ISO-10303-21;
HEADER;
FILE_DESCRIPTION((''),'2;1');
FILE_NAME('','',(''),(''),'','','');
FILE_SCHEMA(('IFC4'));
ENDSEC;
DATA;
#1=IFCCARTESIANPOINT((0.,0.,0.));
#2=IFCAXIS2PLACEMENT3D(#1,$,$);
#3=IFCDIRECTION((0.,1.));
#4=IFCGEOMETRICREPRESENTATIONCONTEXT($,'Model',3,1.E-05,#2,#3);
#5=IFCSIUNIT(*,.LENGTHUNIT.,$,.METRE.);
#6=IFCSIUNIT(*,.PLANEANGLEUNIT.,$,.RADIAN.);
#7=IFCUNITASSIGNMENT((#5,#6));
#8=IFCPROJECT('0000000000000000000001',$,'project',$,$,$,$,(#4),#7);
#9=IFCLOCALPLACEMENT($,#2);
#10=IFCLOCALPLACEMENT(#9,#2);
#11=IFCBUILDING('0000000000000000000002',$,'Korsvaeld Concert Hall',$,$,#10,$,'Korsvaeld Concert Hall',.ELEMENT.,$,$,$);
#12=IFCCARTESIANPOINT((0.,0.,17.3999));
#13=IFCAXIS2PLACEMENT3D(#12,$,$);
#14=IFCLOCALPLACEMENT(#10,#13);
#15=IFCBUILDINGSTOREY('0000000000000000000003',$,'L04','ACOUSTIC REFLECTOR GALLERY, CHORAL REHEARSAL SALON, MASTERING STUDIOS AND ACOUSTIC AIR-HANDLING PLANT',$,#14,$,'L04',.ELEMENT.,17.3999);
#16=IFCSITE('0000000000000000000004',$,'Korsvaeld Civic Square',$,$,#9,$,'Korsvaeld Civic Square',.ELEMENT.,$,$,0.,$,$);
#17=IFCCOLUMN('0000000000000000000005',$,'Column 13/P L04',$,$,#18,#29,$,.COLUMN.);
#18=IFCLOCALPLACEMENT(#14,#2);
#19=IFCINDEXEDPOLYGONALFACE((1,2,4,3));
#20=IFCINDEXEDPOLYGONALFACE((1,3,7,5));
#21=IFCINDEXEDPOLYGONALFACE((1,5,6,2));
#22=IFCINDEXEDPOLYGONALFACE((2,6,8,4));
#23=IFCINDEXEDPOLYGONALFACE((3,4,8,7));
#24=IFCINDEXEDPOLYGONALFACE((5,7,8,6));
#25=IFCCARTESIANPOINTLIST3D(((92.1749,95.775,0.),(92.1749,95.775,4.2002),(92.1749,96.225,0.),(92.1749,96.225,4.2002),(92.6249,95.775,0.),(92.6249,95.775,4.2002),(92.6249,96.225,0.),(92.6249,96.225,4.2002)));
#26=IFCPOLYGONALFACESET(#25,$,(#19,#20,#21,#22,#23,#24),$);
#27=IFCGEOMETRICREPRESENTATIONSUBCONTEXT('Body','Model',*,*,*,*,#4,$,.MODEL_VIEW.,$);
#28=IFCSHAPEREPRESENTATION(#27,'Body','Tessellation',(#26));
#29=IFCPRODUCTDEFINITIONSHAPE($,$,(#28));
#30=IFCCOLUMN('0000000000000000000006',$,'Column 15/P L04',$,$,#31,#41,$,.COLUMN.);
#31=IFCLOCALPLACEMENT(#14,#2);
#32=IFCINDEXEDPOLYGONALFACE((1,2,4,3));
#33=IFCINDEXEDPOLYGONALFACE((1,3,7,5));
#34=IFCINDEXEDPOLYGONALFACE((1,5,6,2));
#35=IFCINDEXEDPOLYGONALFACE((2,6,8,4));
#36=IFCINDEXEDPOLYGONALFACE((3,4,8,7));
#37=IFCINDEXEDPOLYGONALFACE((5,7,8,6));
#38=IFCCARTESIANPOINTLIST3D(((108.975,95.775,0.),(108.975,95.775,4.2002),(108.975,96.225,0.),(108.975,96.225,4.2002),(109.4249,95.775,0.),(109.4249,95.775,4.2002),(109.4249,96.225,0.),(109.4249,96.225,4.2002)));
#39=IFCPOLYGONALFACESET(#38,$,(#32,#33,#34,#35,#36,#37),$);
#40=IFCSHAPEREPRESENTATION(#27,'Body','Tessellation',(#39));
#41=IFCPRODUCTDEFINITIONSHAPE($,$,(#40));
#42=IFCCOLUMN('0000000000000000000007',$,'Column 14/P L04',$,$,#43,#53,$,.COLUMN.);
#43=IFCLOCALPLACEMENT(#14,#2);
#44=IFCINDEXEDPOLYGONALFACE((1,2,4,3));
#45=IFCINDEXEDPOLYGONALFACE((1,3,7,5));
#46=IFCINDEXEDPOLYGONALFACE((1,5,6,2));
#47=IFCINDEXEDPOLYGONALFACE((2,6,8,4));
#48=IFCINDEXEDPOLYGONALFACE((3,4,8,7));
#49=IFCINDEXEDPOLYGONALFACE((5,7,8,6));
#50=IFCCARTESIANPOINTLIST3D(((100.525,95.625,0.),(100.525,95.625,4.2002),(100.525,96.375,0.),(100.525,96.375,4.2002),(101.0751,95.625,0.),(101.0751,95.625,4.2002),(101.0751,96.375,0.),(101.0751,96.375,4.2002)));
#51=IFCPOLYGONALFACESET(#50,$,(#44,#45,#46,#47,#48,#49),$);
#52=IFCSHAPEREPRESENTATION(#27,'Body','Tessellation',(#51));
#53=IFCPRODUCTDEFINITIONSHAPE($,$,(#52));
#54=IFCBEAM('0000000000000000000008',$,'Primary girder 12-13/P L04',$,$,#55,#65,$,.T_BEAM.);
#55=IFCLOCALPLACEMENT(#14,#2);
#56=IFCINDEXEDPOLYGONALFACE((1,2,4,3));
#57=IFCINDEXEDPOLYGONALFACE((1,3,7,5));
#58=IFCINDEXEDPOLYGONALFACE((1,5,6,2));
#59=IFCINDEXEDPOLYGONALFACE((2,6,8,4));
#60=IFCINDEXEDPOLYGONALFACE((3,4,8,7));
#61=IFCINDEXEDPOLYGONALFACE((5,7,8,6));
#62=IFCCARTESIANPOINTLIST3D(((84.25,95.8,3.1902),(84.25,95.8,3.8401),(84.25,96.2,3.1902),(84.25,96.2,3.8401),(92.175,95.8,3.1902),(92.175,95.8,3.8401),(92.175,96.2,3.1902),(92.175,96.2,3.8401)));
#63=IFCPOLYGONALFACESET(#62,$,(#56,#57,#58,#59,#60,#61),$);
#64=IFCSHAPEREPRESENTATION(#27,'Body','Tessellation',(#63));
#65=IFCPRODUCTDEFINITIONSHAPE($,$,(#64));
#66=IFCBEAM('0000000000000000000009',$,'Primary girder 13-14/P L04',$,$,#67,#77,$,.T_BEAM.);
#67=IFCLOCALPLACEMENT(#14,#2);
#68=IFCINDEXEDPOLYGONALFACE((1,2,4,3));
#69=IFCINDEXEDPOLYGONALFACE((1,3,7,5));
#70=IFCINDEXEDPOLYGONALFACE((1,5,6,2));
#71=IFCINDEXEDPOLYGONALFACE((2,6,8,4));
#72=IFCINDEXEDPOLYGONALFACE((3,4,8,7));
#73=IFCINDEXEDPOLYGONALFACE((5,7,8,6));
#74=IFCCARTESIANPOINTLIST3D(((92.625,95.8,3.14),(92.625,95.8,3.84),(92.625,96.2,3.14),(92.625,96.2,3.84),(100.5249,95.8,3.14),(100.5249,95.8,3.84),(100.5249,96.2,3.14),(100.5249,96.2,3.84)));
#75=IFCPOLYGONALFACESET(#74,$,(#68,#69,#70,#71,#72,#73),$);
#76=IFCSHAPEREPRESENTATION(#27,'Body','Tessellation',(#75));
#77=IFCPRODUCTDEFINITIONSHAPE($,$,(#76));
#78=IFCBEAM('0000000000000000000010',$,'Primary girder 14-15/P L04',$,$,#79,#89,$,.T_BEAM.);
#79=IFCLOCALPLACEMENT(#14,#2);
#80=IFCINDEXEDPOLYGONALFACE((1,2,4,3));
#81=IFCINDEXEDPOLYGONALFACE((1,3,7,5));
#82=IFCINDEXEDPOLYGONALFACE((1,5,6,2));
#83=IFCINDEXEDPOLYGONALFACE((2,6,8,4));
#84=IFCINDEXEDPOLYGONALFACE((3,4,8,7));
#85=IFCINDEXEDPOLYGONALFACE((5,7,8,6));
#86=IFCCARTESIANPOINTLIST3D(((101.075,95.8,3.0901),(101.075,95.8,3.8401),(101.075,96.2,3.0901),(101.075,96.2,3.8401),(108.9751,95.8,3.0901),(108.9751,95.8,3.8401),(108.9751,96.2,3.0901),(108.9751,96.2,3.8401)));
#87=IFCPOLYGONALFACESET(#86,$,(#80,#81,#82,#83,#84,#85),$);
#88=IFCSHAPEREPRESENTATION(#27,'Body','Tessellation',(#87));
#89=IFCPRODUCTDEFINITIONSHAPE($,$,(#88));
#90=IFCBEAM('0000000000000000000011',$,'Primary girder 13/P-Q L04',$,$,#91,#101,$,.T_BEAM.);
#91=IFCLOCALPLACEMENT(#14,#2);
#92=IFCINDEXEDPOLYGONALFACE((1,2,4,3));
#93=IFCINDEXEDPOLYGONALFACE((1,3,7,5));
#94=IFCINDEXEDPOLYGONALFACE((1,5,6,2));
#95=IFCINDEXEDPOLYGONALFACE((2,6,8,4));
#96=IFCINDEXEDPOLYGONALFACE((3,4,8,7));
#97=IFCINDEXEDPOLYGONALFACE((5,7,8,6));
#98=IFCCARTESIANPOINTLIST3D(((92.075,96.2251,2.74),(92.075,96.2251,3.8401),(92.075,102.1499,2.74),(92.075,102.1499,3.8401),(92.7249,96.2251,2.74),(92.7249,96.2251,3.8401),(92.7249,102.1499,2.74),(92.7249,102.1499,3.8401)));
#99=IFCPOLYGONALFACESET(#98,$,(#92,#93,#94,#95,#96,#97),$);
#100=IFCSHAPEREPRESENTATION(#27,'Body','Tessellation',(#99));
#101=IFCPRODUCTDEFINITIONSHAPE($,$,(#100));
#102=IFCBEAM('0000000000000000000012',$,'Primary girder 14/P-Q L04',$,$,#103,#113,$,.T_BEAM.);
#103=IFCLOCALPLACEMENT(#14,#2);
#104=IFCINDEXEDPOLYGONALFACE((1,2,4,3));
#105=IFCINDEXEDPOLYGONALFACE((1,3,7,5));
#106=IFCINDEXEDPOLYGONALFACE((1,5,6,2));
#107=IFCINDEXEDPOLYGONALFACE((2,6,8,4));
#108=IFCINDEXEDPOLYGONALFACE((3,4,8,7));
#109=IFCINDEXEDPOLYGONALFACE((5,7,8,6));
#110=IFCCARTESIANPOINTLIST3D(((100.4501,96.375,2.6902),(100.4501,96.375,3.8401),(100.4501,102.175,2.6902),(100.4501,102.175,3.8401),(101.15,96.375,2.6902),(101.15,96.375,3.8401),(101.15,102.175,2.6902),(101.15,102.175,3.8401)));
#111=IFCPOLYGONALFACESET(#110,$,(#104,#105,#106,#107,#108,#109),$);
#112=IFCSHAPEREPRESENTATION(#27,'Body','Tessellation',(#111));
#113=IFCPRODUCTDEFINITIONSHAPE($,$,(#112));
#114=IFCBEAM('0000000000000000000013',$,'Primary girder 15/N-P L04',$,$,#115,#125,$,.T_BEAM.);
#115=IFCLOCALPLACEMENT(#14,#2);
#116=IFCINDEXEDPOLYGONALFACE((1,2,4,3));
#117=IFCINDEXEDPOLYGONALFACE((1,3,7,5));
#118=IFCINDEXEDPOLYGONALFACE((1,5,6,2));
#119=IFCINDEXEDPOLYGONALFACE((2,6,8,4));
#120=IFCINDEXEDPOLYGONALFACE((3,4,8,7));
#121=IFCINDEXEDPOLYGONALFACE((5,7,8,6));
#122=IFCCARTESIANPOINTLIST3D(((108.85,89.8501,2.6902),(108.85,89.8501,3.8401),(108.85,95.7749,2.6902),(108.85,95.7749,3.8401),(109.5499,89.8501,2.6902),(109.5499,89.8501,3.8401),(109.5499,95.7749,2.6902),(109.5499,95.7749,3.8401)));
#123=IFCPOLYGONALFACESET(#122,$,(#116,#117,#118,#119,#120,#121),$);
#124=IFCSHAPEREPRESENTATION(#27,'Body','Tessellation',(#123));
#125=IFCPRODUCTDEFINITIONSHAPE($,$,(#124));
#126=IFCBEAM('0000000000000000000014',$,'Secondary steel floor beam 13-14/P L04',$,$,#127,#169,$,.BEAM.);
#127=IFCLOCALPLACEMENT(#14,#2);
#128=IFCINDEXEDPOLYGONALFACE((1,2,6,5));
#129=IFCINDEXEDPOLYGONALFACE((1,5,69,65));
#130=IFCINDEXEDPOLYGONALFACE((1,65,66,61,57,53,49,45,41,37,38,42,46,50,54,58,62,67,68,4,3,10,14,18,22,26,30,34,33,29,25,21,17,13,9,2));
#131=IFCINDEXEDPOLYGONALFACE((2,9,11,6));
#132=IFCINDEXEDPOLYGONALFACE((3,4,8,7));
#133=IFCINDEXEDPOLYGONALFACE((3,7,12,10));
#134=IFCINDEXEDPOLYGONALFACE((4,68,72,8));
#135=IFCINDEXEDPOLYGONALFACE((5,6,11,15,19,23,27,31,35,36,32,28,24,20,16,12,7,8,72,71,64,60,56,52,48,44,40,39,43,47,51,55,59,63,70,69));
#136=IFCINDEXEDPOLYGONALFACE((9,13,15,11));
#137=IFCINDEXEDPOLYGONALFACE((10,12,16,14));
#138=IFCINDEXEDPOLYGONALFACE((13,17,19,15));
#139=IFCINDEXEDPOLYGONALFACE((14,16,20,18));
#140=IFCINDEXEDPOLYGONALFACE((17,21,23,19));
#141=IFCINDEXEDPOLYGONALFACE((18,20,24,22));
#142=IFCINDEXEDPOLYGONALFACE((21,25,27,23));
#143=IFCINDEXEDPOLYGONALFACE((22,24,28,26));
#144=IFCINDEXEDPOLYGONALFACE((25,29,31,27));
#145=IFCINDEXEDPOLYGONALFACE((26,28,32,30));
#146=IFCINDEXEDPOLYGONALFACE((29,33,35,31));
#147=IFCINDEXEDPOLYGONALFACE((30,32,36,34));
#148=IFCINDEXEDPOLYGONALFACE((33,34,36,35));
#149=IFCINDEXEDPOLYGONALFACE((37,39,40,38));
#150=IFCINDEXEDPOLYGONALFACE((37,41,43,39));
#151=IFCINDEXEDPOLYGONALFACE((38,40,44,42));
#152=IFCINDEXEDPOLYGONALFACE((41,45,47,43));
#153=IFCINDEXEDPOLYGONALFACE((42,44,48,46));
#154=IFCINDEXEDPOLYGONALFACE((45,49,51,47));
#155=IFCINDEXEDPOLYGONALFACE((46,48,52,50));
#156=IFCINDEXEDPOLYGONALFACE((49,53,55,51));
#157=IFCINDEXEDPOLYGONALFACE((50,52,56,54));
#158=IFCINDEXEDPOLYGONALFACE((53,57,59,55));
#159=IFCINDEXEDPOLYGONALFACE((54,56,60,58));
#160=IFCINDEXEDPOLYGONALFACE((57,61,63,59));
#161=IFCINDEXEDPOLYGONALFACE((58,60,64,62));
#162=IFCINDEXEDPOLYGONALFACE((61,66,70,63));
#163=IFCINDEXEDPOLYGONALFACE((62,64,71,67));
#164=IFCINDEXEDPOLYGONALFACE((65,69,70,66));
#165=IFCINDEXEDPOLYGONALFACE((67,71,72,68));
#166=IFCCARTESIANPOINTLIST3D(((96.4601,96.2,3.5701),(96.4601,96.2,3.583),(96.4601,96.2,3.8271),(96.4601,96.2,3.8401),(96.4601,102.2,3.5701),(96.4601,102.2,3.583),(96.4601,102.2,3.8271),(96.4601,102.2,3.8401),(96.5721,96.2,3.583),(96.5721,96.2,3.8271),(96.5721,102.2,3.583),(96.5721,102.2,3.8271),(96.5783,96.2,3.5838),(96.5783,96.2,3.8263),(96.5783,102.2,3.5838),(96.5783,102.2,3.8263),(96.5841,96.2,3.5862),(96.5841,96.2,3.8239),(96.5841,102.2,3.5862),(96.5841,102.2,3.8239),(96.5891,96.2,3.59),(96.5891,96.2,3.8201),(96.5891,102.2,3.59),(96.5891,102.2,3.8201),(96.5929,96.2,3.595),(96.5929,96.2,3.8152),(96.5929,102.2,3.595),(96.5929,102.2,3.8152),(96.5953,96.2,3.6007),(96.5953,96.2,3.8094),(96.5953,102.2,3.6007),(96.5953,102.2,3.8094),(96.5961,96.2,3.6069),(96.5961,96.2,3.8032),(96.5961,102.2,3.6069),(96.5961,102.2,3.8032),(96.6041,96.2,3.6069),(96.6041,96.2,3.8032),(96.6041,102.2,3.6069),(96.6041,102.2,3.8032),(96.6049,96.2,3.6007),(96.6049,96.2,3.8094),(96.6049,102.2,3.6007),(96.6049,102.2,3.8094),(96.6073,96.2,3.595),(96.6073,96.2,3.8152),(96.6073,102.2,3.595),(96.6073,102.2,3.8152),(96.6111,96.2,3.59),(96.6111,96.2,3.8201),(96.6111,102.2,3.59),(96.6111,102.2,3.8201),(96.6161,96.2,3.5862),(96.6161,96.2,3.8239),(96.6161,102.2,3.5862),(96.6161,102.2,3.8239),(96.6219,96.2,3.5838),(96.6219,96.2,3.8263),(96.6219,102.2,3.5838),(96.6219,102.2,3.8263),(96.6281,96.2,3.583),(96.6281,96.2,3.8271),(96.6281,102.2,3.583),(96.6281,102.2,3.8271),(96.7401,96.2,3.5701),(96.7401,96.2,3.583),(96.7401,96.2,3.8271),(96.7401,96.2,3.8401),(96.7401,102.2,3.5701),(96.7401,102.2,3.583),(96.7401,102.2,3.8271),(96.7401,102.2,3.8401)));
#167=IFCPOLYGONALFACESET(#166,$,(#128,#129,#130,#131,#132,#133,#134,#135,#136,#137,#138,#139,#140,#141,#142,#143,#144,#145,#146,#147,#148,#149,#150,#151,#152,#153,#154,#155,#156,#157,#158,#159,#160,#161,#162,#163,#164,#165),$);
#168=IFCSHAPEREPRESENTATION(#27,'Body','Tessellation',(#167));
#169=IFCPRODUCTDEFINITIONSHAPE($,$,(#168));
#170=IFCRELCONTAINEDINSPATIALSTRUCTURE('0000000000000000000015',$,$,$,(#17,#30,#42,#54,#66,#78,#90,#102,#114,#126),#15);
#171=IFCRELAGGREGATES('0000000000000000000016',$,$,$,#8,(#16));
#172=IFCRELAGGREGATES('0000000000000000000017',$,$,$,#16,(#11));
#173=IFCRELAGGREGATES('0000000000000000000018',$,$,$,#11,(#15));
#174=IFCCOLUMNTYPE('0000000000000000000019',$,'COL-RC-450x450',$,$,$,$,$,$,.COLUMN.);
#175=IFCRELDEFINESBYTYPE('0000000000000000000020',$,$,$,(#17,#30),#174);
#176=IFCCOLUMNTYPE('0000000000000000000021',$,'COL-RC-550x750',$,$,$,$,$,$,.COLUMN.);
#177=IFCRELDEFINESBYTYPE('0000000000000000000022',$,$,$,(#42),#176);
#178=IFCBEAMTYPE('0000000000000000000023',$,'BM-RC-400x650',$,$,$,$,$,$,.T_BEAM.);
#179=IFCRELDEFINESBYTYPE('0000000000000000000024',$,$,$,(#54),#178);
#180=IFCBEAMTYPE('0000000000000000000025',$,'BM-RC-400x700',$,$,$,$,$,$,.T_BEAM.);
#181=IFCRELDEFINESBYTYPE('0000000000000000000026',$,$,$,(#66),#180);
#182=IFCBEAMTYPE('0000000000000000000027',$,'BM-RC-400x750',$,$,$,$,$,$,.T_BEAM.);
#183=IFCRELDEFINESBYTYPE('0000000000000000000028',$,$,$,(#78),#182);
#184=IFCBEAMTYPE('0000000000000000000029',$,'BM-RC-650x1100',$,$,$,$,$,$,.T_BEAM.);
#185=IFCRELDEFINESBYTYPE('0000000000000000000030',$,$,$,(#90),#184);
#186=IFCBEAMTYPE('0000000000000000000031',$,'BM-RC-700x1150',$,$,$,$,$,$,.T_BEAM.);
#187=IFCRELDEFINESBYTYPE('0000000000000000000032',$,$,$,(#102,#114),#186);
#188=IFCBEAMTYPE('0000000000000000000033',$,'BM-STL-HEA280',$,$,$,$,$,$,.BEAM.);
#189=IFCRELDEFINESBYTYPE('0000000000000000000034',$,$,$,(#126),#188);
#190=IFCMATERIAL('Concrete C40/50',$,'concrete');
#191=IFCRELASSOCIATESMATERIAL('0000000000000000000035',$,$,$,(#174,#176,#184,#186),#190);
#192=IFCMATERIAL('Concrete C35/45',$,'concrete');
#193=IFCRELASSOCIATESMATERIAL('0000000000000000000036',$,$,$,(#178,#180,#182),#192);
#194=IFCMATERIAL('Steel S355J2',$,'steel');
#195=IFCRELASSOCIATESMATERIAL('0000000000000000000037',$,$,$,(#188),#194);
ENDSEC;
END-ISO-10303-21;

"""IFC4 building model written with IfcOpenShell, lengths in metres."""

from ifc_helpers import new_model, si_unit, direction, frame, origin, origin_2d, place, context, subcontext, project, spatial, rectangle, i_section, extrude, material, material_profile, profile_set, type_object, element, save


model = new_model("IFC4")

# Units and contexts
model_context = context("Model", 3, precision=1e-05, world=origin(), true_north=direction((0.0, 1.0)))
body_context = subcontext(model_context, "Body", "Model", "MODEL_VIEW")
ifc_project = project(units=[si_unit("LENGTHUNIT", "METRE"), si_unit("PLANEANGLEUNIT", "RADIAN")], contexts=[model_context])

# Site, building, storey
site_placement = place(None, origin())
site = spatial("IfcSite", under=ifc_project, at=site_placement, Name="Korsvaeld Civic Square", LongName="Korsvaeld Civic Square", CompositionType="ELEMENT", RefElevation=0.0)
building_placement = place(site_placement, origin())
building = spatial("IfcBuilding", under=site, at=building_placement, Name="Korsvaeld Concert Hall", LongName="Korsvaeld Concert Hall", CompositionType="ELEMENT")
storey_placement = place(building_placement, frame((0.0, 0.0, 17.3999)))
storey = spatial("IfcBuildingStorey", under=building, at=storey_placement, Name="L04", Description="ACOUSTIC REFLECTOR GALLERY, CHORAL REHEARSAL SALON, MASTERING STUDIOS AND ACOUSTIC AIR-HANDLING PLANT", LongName="L04", CompositionType="ELEMENT", Elevation=17.3999)

# Columns
ifc_material_1 = material(Name="Concrete C40/50", Category="concrete")
ifc_material_profile_1 = material_profile(ifc_material_1, rectangle(XDim=0.45, YDim=0.45, at=origin_2d()), Name="RC 450x450")
ifc_profile_set_1 = profile_set([ifc_material_profile_1], Name="Concrete C40/50")
column_type_1 = type_object("IfcColumnType", Name="COL-RC-450x450", PredefinedType="COLUMN", material=ifc_profile_set_1)
for number, where, z_axis, x_axis, name in (
    (1, (92.3999, 96.0, 0.0), (0.0, 0.0, 1.0), (1.0, 0.0, 0.0), "Column 13/P L04"),
    (2, (109.2, 96.0, 0.0), (0.0, 0.0, 1.0), (1.0, 0.0, 0.0), "Column 15/P L04"),
):
    element("IfcColumn", number, at=place(storey_placement, frame(where, z_axis=z_axis, x_axis=x_axis)), inside=storey, type_object=column_type_1, Name=name, PredefinedType="COLUMN", context=body_context, shape_type="SweptSolid", body=[
        extrude(rectangle(XDim=0.45, YDim=0.45, at=origin_2d()), origin(), (0.0, 0.0, 1.0), 4.2002),
    ])
ifc_material_profile_2 = material_profile(ifc_material_1, rectangle(XDim=0.55, YDim=0.75, at=origin_2d()), Name="RC 550x750")
ifc_profile_set_2 = profile_set([ifc_material_profile_2], Name="Concrete C40/50")
column_type_2 = type_object("IfcColumnType", Name="COL-RC-550x750", PredefinedType="COLUMN", material=ifc_profile_set_2)
column_placement = place(storey_placement, frame((100.8, 96.0, 0.0), z_axis=(0.0, 0.0, 1.0), x_axis=(1.0, 0.0, 0.0)))
element("IfcColumn", 3, at=column_placement, inside=storey, type_object=column_type_2, Name="Column 14/P L04", PredefinedType="COLUMN", context=body_context, shape_type="SweptSolid", body=[
    extrude(rectangle(XDim=0.55, YDim=0.75, at=origin_2d()), origin(), (0.0, 0.0, 1.0), 4.2002),
])

# Beams
ifc_material_2 = material(Name="Concrete C35/45", Category="concrete")
ifc_material_profile_3 = material_profile(ifc_material_2, rectangle(XDim=0.3999, YDim=0.6499, at=origin_2d()), Name="RC 400x650")
ifc_profile_set_3 = profile_set([ifc_material_profile_3], Name="Concrete C35/45")
beam_type_1 = type_object("IfcBeamType", Name="BM-RC-400x650", PredefinedType="T_BEAM", material=ifc_profile_set_3)
beam_1_placement = place(storey_placement, frame((84.25, 96.0, 3.5151), z_axis=(1.0, 0.0, 0.0), x_axis=(0.0, 1.0, 0.0)))
element("IfcBeam", 4, at=beam_1_placement, inside=storey, type_object=beam_type_1, Name="Primary girder 12-13/P L04", PredefinedType="T_BEAM", context=body_context, shape_type="SweptSolid", body=[
    extrude(rectangle(XDim=0.3999, YDim=0.6499, at=origin_2d()), origin(), (0.0, 0.0, 1.0), 7.925),
])
ifc_material_profile_4 = material_profile(ifc_material_2, rectangle(XDim=0.3999, YDim=0.7, at=origin_2d()), Name="RC 400x700")
ifc_profile_set_4 = profile_set([ifc_material_profile_4], Name="Concrete C35/45")
beam_type_2 = type_object("IfcBeamType", Name="BM-RC-400x700", PredefinedType="T_BEAM", material=ifc_profile_set_4)
beam_2_placement = place(storey_placement, frame((92.625, 96.0, 3.49), z_axis=(1.0, 0.0, 0.0), x_axis=(0.0, 1.0, 0.0)))
element("IfcBeam", 5, at=beam_2_placement, inside=storey, type_object=beam_type_2, Name="Primary girder 13-14/P L04", PredefinedType="T_BEAM", context=body_context, shape_type="SweptSolid", body=[
    extrude(rectangle(XDim=0.3999, YDim=0.7, at=origin_2d()), origin(), (0.0, 0.0, 1.0), 7.8999),
])
ifc_material_profile_5 = material_profile(ifc_material_2, rectangle(XDim=0.3999, YDim=0.75, at=origin_2d()), Name="RC 400x750")
ifc_profile_set_5 = profile_set([ifc_material_profile_5], Name="Concrete C35/45")
beam_type_3 = type_object("IfcBeamType", Name="BM-RC-400x750", PredefinedType="T_BEAM", material=ifc_profile_set_5)
beam_3_placement = place(storey_placement, frame((101.075, 96.0, 3.4651), z_axis=(1.0, 0.0, 0.0), x_axis=(0.0, 1.0, 0.0)))
element("IfcBeam", 6, at=beam_3_placement, inside=storey, type_object=beam_type_3, Name="Primary girder 14-15/P L04", PredefinedType="T_BEAM", context=body_context, shape_type="SweptSolid", body=[
    extrude(rectangle(XDim=0.3999, YDim=0.75, at=origin_2d()), origin(), (0.0, 0.0, 1.0), 7.9001),
])
ifc_material_profile_6 = material_profile(ifc_material_1, rectangle(XDim=0.6499, YDim=1.1001, at=origin_2d()), Name="RC 650x1100")
ifc_profile_set_6 = profile_set([ifc_material_profile_6], Name="Concrete C40/50")
beam_type_4 = type_object("IfcBeamType", Name="BM-RC-650x1100", PredefinedType="T_BEAM", material=ifc_profile_set_6)
beam_4_placement = place(storey_placement, frame((92.3999, 96.2251, 3.29), z_axis=(0.0, 1.0, 0.0), x_axis=(-1.0, 0.0, 0.0)))
element("IfcBeam", 7, at=beam_4_placement, inside=storey, type_object=beam_type_4, Name="Primary girder 13/P-Q L04", PredefinedType="T_BEAM", context=body_context, shape_type="SweptSolid", body=[
    extrude(rectangle(XDim=0.6499, YDim=1.1001, at=origin_2d()), origin(), (0.0, 0.0, 1.0), 5.9248),
])
ifc_material_profile_7 = material_profile(ifc_material_1, rectangle(XDim=0.7, YDim=1.1499, at=origin_2d()), Name="RC 700x1150")
ifc_profile_set_7 = profile_set([ifc_material_profile_7], Name="Concrete C40/50")
beam_type_5 = type_object("IfcBeamType", Name="BM-RC-700x1150", PredefinedType="T_BEAM", material=ifc_profile_set_7)
beam_5_placement = place(storey_placement, frame((100.8, 96.375, 3.2651), z_axis=(0.0, 1.0, 0.0), x_axis=(-1.0, 0.0, 0.0)))
element("IfcBeam", 8, at=beam_5_placement, inside=storey, type_object=beam_type_5, Name="Primary girder 14/P-Q L04", PredefinedType="T_BEAM", context=body_context, shape_type="SweptSolid", body=[
    extrude(rectangle(XDim=0.7, YDim=1.1499, at=origin_2d()), origin(), (0.0, 0.0, 1.0), 5.8),
])
beam_6_placement = place(storey_placement, frame((109.2, 89.8501, 3.2651), z_axis=(0.0, 1.0, 0.0), x_axis=(-1.0, 0.0, 0.0)))
element("IfcBeam", 9, at=beam_6_placement, inside=storey, type_object=beam_type_5, Name="Primary girder 15/N-P L04", PredefinedType="T_BEAM", context=body_context, shape_type="SweptSolid", body=[
    extrude(rectangle(XDim=0.7, YDim=1.1499, at=origin_2d()), origin(), (0.0, 0.0, 1.0), 5.9248),
])
ifc_material_3 = material(Name="Steel S355J2", Category="steel")
ifc_material_profile_8 = material_profile(ifc_material_3, i_section(OverallWidth=0.28, OverallDepth=0.27, WebThickness=0.0081, FlangeThickness=0.0129, FilletRadius=0.0239, at=origin_2d()), Name="HEA 280")
ifc_profile_set_8 = profile_set([ifc_material_profile_8], Name="Steel S355J2")
beam_type_6 = type_object("IfcBeamType", Name="BM-STL-HEA280", PredefinedType="BEAM", material=ifc_profile_set_8)
beam_7_placement = place(storey_placement, frame((96.6001, 96.2, 3.7051), z_axis=(0.0, 1.0, 0.0), x_axis=(-1.0, 0.0, 0.0)))
element("IfcBeam", 10, at=beam_7_placement, inside=storey, type_object=beam_type_6, Name="Secondary steel floor beam 13-14/P L04", PredefinedType="BEAM", context=body_context, shape_type="SweptSolid", body=[
    extrude(i_section(OverallWidth=0.28, OverallDepth=0.27, WebThickness=0.0081, FlangeThickness=0.0129, FilletRadius=0.0239, at=origin_2d()), origin(), (0.0, 0.0, 1.0), 6.0),
])

save(model, "model.ifc")
